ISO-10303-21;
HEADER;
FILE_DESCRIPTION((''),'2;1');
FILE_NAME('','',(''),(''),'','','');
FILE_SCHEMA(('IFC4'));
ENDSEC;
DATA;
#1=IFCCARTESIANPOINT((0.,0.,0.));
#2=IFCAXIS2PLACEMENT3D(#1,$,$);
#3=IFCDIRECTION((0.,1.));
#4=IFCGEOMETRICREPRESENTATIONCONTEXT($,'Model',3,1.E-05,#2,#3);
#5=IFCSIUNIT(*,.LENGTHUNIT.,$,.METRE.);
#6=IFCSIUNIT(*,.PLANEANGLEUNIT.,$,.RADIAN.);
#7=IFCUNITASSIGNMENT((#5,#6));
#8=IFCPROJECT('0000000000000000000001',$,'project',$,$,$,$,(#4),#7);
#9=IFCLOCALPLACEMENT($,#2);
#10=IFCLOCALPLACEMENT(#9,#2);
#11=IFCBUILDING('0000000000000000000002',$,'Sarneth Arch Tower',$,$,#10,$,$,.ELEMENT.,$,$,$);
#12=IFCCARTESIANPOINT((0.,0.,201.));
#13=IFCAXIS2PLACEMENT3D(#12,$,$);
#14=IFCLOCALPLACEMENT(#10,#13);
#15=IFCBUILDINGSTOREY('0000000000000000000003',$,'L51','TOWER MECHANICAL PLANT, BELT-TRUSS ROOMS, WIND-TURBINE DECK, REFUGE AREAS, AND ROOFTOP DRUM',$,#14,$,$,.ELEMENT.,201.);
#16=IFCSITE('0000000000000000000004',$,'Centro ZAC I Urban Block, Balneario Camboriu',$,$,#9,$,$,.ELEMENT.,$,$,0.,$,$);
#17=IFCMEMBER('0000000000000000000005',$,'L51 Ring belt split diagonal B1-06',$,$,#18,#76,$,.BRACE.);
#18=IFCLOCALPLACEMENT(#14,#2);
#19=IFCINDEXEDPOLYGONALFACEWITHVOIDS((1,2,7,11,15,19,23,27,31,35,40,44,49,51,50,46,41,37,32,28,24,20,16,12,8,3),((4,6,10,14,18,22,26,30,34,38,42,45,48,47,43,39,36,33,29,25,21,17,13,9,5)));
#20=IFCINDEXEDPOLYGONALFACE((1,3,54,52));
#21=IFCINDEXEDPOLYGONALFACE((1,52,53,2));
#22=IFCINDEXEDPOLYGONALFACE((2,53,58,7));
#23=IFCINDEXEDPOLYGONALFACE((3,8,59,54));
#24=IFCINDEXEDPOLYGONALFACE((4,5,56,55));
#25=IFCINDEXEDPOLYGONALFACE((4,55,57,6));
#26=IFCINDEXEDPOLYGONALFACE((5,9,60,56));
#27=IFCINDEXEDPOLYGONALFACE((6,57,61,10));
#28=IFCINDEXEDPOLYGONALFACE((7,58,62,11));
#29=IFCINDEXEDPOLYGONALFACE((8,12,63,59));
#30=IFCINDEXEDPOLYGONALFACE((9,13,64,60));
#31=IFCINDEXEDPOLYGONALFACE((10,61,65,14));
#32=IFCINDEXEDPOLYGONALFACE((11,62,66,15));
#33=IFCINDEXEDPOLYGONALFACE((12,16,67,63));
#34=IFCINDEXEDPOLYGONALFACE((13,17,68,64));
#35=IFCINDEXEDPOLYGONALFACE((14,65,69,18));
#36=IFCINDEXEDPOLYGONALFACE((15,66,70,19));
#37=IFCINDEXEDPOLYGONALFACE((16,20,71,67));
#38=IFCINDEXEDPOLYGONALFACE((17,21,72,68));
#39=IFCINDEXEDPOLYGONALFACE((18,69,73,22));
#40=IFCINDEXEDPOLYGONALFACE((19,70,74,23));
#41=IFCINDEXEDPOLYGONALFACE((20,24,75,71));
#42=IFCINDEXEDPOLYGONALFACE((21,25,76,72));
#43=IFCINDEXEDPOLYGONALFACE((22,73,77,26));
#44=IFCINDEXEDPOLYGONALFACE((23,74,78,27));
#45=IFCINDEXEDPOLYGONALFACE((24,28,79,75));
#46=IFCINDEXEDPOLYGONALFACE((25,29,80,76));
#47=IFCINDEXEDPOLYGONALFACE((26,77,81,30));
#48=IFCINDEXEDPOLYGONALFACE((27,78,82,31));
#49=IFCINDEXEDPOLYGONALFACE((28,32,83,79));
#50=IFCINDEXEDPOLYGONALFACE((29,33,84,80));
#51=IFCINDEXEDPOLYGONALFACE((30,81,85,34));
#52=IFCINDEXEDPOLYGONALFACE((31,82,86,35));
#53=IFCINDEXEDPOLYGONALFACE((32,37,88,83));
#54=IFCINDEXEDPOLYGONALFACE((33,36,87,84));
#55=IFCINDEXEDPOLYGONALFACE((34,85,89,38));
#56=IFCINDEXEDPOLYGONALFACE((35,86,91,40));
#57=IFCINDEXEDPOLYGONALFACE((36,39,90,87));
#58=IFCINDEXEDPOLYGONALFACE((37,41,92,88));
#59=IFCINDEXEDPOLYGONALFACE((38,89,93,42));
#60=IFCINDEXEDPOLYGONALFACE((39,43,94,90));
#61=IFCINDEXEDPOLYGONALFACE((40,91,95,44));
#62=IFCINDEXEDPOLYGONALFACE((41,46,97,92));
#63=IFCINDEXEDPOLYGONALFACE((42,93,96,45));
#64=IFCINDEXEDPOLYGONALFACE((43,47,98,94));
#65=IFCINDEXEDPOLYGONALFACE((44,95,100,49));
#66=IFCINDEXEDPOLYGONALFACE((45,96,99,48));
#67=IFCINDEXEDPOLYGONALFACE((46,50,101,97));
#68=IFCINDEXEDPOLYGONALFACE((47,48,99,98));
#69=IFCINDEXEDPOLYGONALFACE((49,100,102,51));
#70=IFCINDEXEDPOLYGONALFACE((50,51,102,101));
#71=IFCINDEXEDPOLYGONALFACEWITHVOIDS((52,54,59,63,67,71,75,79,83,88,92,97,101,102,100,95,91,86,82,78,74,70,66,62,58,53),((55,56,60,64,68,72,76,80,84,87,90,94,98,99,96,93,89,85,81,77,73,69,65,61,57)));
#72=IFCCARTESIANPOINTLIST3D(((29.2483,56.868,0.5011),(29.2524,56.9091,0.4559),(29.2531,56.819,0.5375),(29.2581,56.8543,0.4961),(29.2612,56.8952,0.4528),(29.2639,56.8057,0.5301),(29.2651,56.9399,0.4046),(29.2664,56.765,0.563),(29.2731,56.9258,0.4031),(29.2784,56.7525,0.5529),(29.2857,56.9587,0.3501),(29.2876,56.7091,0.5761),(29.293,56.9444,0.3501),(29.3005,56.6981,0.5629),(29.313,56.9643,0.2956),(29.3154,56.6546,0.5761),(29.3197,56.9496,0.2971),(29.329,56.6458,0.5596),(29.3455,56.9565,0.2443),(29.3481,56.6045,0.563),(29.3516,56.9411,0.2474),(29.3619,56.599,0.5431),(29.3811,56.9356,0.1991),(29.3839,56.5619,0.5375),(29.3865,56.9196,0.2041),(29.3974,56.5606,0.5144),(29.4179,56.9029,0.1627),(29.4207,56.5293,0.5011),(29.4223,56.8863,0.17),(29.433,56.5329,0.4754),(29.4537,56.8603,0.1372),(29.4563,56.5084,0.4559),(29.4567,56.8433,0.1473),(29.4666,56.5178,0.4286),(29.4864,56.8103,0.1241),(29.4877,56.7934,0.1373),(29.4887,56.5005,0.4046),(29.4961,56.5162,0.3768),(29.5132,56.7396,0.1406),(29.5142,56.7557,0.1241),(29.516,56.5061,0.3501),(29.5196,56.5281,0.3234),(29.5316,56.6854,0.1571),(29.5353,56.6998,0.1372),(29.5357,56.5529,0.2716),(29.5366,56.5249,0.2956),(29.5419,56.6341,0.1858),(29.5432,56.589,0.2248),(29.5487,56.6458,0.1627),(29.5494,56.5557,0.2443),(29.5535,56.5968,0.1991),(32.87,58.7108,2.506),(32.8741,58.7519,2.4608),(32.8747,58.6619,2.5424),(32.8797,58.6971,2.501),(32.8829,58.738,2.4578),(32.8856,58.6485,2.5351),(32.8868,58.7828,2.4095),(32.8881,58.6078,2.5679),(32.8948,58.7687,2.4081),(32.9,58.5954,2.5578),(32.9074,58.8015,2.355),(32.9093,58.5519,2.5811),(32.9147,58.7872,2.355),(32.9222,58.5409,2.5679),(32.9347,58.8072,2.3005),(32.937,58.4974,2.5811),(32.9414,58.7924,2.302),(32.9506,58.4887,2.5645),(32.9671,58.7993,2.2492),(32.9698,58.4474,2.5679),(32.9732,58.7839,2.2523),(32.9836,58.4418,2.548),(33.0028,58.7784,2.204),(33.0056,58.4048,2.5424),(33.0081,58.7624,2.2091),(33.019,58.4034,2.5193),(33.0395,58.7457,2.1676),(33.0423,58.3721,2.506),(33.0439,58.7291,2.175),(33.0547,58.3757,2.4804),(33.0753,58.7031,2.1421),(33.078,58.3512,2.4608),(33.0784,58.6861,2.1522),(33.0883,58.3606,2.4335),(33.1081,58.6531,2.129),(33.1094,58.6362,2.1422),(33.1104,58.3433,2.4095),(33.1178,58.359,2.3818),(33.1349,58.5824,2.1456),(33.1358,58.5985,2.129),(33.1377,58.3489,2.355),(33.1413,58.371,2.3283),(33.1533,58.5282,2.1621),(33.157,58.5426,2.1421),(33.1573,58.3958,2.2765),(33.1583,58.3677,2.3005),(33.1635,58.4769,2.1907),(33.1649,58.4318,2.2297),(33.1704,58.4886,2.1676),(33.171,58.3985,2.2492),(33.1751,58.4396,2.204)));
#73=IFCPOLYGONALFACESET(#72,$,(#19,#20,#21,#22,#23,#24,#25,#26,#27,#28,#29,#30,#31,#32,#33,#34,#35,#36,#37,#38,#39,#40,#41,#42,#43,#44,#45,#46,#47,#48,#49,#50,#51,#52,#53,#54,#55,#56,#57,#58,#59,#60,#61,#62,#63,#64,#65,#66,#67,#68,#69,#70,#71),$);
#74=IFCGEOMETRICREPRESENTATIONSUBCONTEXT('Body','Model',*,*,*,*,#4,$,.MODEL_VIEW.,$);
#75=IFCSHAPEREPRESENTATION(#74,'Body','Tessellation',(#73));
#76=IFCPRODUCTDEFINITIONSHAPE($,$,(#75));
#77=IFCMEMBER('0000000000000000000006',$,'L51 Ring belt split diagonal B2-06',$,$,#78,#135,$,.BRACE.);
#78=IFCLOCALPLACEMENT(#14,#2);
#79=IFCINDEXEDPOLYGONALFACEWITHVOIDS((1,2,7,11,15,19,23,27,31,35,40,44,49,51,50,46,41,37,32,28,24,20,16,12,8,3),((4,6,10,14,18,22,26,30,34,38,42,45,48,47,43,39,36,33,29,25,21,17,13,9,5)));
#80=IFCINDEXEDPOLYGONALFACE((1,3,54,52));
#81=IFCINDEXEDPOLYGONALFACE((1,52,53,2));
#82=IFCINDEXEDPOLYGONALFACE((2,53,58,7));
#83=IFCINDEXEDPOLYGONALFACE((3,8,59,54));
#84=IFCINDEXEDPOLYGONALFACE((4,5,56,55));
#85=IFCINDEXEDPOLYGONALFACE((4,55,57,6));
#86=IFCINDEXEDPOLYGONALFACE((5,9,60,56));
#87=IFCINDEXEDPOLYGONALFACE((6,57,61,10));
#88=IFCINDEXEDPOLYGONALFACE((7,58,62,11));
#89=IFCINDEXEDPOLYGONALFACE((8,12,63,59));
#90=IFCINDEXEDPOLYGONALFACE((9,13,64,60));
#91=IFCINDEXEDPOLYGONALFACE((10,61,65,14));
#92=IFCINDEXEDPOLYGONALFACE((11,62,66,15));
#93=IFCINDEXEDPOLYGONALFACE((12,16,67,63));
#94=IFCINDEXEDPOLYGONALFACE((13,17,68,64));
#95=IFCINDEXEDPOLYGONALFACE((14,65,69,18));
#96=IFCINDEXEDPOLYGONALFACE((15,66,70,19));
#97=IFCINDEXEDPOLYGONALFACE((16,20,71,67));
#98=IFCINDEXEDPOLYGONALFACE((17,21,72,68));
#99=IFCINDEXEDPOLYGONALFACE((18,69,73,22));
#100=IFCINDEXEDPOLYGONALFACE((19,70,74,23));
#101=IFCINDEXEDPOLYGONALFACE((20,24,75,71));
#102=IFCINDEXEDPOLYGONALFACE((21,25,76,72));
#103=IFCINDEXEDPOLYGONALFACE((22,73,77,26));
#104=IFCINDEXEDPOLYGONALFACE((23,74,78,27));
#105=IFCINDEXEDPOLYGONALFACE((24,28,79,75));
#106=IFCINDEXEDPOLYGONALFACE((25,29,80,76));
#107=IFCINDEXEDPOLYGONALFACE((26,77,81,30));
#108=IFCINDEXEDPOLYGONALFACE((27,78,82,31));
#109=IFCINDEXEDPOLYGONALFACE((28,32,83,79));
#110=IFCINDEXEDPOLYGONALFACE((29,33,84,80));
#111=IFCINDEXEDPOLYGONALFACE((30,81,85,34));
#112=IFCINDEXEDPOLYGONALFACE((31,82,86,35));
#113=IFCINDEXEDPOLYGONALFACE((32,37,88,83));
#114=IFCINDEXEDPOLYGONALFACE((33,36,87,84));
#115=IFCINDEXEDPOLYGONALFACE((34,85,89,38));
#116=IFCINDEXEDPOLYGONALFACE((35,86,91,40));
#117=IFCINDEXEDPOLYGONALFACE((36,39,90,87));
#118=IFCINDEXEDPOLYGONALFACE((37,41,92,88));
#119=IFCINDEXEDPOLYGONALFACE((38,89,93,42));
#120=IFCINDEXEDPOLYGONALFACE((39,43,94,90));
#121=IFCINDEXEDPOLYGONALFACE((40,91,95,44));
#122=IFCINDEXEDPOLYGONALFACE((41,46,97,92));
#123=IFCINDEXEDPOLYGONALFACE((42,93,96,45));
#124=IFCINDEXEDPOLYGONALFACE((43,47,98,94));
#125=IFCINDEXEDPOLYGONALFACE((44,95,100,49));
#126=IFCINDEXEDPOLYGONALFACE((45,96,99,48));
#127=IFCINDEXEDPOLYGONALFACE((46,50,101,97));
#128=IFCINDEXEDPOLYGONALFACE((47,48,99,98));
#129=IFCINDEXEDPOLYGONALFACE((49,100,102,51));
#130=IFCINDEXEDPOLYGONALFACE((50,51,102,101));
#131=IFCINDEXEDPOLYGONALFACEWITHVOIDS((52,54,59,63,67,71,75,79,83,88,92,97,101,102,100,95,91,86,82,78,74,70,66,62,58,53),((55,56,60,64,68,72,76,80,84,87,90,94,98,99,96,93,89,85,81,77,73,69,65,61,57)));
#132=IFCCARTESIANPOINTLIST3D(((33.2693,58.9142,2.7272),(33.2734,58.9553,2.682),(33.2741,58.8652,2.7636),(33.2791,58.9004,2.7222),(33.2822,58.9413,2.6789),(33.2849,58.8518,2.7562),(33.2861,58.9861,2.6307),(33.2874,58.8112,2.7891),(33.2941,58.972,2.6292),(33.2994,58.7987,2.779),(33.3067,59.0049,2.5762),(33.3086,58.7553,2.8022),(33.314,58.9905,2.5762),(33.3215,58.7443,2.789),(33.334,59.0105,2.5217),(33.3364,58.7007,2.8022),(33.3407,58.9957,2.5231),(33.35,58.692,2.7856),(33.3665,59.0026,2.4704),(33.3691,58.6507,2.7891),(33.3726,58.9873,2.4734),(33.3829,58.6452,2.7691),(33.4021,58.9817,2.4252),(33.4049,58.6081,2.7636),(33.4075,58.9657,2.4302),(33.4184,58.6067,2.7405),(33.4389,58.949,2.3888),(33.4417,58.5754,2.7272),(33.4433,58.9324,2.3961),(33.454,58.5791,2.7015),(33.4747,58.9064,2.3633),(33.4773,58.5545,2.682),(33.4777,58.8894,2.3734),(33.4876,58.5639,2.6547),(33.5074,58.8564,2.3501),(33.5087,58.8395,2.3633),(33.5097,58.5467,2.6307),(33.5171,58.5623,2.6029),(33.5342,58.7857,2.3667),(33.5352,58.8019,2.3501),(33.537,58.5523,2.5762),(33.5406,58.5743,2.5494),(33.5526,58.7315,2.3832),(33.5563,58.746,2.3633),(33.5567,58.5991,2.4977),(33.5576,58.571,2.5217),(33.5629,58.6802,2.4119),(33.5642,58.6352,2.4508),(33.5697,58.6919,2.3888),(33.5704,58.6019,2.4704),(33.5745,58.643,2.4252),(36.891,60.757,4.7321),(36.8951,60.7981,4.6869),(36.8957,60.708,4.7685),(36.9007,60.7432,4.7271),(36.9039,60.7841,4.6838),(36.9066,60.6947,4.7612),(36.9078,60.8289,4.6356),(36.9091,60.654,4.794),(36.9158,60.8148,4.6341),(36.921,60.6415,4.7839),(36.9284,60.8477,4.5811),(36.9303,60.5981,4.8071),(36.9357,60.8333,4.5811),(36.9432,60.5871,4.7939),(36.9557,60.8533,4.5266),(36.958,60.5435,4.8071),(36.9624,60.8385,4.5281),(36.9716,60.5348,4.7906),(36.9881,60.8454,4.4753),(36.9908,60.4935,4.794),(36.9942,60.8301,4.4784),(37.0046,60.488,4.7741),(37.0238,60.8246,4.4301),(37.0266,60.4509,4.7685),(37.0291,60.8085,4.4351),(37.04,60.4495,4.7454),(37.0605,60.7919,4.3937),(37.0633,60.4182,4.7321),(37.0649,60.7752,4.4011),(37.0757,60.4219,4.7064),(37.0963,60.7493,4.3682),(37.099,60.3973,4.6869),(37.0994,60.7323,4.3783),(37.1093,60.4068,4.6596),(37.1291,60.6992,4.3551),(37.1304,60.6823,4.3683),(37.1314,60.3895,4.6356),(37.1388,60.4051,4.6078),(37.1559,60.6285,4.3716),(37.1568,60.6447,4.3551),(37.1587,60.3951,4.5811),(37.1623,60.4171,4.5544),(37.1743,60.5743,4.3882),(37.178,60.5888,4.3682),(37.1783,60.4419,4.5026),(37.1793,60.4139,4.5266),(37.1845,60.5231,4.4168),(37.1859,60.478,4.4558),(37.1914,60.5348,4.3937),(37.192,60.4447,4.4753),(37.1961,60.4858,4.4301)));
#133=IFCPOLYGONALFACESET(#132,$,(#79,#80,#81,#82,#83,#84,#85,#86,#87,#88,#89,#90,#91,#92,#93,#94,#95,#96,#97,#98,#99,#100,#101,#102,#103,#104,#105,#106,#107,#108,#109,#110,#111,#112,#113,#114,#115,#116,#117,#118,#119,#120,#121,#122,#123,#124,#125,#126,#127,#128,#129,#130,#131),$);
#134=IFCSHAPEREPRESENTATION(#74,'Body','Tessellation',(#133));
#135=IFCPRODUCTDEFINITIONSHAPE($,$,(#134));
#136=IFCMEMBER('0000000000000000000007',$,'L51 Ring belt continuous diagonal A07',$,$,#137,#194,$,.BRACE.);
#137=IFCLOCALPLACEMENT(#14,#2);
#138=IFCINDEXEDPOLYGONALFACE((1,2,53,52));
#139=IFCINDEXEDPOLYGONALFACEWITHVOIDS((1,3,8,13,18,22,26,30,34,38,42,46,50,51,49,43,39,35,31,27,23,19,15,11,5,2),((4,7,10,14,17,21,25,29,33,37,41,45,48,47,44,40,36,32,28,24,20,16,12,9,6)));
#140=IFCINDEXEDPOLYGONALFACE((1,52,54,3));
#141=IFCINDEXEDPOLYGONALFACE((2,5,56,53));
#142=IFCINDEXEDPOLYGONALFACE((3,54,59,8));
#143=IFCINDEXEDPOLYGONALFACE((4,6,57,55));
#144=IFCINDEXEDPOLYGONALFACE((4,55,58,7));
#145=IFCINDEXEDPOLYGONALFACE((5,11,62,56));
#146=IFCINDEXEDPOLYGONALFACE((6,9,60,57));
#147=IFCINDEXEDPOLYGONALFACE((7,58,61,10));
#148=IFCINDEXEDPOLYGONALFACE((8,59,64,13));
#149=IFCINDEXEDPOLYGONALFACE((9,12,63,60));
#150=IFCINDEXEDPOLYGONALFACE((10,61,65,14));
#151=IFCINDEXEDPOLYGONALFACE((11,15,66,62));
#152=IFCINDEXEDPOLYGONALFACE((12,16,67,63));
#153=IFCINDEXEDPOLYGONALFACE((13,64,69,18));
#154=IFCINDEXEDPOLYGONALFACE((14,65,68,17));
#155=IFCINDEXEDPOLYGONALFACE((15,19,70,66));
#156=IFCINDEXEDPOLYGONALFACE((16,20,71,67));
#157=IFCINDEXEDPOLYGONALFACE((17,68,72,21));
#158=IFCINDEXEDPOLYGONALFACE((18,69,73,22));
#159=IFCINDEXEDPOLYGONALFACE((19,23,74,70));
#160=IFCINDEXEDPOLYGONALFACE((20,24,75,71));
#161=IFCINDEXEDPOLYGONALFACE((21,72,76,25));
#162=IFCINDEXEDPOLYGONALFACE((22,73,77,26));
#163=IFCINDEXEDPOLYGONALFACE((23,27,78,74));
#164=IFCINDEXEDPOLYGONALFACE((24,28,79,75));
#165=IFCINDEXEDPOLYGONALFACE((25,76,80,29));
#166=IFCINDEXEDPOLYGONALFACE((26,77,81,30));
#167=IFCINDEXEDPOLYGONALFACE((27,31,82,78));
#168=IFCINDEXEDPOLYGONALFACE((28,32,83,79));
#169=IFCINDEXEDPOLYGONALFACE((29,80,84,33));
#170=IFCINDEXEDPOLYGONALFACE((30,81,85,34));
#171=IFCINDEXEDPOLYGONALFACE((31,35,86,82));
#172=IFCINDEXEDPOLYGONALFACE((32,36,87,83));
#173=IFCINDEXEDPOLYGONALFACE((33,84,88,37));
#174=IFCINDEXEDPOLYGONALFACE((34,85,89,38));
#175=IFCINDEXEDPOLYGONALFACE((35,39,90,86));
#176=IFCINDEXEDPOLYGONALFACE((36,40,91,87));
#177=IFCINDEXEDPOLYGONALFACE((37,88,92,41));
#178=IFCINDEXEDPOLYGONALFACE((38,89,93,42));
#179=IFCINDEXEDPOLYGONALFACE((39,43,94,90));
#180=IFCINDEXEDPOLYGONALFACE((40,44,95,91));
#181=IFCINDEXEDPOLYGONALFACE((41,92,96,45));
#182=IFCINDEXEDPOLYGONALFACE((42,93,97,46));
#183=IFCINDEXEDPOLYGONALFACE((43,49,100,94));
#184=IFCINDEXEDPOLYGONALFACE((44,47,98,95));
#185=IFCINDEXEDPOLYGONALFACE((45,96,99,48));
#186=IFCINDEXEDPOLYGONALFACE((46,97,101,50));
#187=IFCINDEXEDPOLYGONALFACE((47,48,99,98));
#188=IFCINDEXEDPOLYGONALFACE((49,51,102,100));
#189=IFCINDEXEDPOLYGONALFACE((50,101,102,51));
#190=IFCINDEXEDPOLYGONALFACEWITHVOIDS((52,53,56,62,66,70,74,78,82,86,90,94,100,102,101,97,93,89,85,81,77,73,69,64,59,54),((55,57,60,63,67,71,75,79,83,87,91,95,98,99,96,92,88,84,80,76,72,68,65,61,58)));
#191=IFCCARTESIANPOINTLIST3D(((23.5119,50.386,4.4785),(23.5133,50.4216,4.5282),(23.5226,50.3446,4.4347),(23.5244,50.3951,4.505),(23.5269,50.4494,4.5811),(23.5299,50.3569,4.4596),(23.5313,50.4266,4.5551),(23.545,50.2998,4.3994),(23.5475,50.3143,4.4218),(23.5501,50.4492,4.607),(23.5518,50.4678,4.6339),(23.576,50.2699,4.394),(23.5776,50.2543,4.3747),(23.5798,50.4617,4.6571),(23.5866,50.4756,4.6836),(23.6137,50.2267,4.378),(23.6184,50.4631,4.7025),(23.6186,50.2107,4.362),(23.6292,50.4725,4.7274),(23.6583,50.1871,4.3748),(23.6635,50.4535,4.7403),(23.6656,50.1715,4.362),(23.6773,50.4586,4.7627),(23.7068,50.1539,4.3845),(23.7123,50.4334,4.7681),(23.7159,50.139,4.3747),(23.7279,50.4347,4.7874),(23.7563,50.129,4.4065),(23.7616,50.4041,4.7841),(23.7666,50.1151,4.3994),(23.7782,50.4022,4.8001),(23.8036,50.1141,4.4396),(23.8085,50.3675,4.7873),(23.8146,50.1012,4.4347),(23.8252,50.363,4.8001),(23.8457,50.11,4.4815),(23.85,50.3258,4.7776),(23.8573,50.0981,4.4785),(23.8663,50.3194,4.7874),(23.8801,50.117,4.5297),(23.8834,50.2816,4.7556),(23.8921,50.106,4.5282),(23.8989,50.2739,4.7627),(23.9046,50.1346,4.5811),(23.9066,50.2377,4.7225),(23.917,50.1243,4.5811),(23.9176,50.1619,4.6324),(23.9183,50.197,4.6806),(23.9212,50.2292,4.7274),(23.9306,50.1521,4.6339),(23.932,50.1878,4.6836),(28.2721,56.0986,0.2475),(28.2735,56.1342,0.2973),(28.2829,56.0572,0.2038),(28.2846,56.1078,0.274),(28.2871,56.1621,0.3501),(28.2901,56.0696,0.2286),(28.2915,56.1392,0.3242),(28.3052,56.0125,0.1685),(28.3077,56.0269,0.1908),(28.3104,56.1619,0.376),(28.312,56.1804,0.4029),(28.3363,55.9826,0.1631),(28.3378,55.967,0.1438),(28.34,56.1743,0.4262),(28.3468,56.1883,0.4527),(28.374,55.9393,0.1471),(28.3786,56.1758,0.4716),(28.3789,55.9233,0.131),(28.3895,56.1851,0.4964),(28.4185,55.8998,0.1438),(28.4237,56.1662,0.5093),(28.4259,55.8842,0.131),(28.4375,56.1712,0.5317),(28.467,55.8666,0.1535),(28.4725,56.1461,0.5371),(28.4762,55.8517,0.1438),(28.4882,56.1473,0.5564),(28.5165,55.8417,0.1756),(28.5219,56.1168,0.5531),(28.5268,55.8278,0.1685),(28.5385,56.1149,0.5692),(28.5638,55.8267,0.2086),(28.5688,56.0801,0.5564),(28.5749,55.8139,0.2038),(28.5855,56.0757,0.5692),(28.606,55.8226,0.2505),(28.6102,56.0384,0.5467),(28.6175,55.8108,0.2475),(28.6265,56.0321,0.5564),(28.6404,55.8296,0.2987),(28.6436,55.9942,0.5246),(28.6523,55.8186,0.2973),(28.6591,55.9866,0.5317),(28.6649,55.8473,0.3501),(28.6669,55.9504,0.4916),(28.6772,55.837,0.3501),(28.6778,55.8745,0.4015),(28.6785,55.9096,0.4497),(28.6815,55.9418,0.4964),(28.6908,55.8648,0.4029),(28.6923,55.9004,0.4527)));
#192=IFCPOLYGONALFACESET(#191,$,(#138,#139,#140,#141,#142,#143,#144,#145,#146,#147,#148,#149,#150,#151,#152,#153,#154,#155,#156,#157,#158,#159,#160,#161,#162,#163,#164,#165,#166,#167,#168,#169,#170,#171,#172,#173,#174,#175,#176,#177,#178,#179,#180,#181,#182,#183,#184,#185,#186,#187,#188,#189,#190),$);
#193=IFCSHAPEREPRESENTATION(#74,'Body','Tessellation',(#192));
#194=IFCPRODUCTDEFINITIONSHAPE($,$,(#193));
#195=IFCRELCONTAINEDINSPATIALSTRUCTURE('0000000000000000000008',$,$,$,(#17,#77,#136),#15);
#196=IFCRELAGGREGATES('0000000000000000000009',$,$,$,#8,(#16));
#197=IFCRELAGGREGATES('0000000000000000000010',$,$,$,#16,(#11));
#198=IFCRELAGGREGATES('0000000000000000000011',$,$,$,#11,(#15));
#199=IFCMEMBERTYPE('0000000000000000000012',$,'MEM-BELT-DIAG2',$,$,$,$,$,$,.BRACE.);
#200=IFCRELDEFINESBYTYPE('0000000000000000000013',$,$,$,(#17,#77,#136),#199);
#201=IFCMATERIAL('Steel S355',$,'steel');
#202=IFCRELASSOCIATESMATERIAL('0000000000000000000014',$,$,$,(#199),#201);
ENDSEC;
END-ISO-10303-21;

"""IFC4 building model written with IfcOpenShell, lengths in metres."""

from ifc_helpers import new_model, si_unit, direction, frame, origin, origin_2d, place, context, subcontext, project, spatial, hollow_circle, extrude, material, material_profile, profile_set, type_object, element, save


model = new_model("IFC4")

# Units and contexts
model_context = context("Model", 3, precision=1e-05, world=origin(), true_north=direction((0.0, 1.0)))
body_context = subcontext(model_context, "Body", "Model", "MODEL_VIEW")
ifc_project = project(units=[si_unit("LENGTHUNIT", "METRE"), si_unit("PLANEANGLEUNIT", "RADIAN")], contexts=[model_context])

# Site, building, storey
site_placement = place(None, origin())
site = spatial("IfcSite", under=ifc_project, at=site_placement, Name="Centro ZAC I Urban Block, Balneario Camboriu", CompositionType="ELEMENT", RefElevation=0.0)
building_placement = place(site_placement, origin())
building = spatial("IfcBuilding", under=site, at=building_placement, Name="Sarneth Arch Tower", CompositionType="ELEMENT")
storey_placement = place(building_placement, frame((0.0, 0.0, 201.0)))
storey = spatial("IfcBuildingStorey", under=building, at=storey_placement, Name="L51", Description="TOWER MECHANICAL PLANT, BELT-TRUSS ROOMS, WIND-TURBINE DECK, REFUGE AREAS, AND ROOFTOP DRUM", CompositionType="ELEMENT", Elevation=201.0)

# Members
ifc_material_1 = material(Name="Steel S355", Category="steel")
ifc_material_profile_1 = material_profile(ifc_material_1, hollow_circle(Radius=0.2539, WallThickness=0.0161, at=origin_2d()), Name="CHS508x16")
ifc_profile_set_1 = profile_set([ifc_material_profile_1], Name="Steel S355")
member_type_1 = type_object("IfcMemberType", Name="MEM-BELT-DIAG2", PredefinedType="BRACE", material=ifc_profile_set_1)
for number, where, z_axis, x_axis, name in (
    (1, (29.4009, 56.7324, 0.3501), (0.799265, 0.406691, 0.442468), (-0.453499, 0.891257, 0.0), "L51 Ring belt split diagonal B1-06"),
    (2, (33.4219, 58.7786, 2.5762), (0.799265, 0.406691, 0.442468), (-0.453499, 0.891257, 0.0), "L51 Ring belt split diagonal B2-06"),
):
    element("IfcMember", number, at=place(storey_placement, frame(where, z_axis=z_axis, x_axis=x_axis)), inside=storey, type_object=member_type_1, Name=name, PredefinedType="BRACE", context=body_context, shape_type="SweptSolid", body=[
        extrude(hollow_circle(Radius=0.2539, WallThickness=0.0161, at=origin_2d()), origin(), (0.0, 0.0, 1.0), 4.5312),
    ])
member_1_placement = place(storey_placement, frame((28.4822, 55.9995, 0.3501), z_axis=(-0.556402, -0.667722, 0.494535), x_axis=(0.76824, -0.640162, 0.0)))
element("IfcMember", 3, at=member_1_placement, inside=storey, type_object=member_type_1, Name="L51 Ring belt continuous diagonal A07", PredefinedType="BRACE", context=body_context, shape_type="SweptSolid", body=[
    extrude(hollow_circle(Radius=0.2539, WallThickness=0.0161, at=origin_2d()), origin(), (0.0, 0.0, 1.0), 8.5554),
])

save(model, "model.ifc")
